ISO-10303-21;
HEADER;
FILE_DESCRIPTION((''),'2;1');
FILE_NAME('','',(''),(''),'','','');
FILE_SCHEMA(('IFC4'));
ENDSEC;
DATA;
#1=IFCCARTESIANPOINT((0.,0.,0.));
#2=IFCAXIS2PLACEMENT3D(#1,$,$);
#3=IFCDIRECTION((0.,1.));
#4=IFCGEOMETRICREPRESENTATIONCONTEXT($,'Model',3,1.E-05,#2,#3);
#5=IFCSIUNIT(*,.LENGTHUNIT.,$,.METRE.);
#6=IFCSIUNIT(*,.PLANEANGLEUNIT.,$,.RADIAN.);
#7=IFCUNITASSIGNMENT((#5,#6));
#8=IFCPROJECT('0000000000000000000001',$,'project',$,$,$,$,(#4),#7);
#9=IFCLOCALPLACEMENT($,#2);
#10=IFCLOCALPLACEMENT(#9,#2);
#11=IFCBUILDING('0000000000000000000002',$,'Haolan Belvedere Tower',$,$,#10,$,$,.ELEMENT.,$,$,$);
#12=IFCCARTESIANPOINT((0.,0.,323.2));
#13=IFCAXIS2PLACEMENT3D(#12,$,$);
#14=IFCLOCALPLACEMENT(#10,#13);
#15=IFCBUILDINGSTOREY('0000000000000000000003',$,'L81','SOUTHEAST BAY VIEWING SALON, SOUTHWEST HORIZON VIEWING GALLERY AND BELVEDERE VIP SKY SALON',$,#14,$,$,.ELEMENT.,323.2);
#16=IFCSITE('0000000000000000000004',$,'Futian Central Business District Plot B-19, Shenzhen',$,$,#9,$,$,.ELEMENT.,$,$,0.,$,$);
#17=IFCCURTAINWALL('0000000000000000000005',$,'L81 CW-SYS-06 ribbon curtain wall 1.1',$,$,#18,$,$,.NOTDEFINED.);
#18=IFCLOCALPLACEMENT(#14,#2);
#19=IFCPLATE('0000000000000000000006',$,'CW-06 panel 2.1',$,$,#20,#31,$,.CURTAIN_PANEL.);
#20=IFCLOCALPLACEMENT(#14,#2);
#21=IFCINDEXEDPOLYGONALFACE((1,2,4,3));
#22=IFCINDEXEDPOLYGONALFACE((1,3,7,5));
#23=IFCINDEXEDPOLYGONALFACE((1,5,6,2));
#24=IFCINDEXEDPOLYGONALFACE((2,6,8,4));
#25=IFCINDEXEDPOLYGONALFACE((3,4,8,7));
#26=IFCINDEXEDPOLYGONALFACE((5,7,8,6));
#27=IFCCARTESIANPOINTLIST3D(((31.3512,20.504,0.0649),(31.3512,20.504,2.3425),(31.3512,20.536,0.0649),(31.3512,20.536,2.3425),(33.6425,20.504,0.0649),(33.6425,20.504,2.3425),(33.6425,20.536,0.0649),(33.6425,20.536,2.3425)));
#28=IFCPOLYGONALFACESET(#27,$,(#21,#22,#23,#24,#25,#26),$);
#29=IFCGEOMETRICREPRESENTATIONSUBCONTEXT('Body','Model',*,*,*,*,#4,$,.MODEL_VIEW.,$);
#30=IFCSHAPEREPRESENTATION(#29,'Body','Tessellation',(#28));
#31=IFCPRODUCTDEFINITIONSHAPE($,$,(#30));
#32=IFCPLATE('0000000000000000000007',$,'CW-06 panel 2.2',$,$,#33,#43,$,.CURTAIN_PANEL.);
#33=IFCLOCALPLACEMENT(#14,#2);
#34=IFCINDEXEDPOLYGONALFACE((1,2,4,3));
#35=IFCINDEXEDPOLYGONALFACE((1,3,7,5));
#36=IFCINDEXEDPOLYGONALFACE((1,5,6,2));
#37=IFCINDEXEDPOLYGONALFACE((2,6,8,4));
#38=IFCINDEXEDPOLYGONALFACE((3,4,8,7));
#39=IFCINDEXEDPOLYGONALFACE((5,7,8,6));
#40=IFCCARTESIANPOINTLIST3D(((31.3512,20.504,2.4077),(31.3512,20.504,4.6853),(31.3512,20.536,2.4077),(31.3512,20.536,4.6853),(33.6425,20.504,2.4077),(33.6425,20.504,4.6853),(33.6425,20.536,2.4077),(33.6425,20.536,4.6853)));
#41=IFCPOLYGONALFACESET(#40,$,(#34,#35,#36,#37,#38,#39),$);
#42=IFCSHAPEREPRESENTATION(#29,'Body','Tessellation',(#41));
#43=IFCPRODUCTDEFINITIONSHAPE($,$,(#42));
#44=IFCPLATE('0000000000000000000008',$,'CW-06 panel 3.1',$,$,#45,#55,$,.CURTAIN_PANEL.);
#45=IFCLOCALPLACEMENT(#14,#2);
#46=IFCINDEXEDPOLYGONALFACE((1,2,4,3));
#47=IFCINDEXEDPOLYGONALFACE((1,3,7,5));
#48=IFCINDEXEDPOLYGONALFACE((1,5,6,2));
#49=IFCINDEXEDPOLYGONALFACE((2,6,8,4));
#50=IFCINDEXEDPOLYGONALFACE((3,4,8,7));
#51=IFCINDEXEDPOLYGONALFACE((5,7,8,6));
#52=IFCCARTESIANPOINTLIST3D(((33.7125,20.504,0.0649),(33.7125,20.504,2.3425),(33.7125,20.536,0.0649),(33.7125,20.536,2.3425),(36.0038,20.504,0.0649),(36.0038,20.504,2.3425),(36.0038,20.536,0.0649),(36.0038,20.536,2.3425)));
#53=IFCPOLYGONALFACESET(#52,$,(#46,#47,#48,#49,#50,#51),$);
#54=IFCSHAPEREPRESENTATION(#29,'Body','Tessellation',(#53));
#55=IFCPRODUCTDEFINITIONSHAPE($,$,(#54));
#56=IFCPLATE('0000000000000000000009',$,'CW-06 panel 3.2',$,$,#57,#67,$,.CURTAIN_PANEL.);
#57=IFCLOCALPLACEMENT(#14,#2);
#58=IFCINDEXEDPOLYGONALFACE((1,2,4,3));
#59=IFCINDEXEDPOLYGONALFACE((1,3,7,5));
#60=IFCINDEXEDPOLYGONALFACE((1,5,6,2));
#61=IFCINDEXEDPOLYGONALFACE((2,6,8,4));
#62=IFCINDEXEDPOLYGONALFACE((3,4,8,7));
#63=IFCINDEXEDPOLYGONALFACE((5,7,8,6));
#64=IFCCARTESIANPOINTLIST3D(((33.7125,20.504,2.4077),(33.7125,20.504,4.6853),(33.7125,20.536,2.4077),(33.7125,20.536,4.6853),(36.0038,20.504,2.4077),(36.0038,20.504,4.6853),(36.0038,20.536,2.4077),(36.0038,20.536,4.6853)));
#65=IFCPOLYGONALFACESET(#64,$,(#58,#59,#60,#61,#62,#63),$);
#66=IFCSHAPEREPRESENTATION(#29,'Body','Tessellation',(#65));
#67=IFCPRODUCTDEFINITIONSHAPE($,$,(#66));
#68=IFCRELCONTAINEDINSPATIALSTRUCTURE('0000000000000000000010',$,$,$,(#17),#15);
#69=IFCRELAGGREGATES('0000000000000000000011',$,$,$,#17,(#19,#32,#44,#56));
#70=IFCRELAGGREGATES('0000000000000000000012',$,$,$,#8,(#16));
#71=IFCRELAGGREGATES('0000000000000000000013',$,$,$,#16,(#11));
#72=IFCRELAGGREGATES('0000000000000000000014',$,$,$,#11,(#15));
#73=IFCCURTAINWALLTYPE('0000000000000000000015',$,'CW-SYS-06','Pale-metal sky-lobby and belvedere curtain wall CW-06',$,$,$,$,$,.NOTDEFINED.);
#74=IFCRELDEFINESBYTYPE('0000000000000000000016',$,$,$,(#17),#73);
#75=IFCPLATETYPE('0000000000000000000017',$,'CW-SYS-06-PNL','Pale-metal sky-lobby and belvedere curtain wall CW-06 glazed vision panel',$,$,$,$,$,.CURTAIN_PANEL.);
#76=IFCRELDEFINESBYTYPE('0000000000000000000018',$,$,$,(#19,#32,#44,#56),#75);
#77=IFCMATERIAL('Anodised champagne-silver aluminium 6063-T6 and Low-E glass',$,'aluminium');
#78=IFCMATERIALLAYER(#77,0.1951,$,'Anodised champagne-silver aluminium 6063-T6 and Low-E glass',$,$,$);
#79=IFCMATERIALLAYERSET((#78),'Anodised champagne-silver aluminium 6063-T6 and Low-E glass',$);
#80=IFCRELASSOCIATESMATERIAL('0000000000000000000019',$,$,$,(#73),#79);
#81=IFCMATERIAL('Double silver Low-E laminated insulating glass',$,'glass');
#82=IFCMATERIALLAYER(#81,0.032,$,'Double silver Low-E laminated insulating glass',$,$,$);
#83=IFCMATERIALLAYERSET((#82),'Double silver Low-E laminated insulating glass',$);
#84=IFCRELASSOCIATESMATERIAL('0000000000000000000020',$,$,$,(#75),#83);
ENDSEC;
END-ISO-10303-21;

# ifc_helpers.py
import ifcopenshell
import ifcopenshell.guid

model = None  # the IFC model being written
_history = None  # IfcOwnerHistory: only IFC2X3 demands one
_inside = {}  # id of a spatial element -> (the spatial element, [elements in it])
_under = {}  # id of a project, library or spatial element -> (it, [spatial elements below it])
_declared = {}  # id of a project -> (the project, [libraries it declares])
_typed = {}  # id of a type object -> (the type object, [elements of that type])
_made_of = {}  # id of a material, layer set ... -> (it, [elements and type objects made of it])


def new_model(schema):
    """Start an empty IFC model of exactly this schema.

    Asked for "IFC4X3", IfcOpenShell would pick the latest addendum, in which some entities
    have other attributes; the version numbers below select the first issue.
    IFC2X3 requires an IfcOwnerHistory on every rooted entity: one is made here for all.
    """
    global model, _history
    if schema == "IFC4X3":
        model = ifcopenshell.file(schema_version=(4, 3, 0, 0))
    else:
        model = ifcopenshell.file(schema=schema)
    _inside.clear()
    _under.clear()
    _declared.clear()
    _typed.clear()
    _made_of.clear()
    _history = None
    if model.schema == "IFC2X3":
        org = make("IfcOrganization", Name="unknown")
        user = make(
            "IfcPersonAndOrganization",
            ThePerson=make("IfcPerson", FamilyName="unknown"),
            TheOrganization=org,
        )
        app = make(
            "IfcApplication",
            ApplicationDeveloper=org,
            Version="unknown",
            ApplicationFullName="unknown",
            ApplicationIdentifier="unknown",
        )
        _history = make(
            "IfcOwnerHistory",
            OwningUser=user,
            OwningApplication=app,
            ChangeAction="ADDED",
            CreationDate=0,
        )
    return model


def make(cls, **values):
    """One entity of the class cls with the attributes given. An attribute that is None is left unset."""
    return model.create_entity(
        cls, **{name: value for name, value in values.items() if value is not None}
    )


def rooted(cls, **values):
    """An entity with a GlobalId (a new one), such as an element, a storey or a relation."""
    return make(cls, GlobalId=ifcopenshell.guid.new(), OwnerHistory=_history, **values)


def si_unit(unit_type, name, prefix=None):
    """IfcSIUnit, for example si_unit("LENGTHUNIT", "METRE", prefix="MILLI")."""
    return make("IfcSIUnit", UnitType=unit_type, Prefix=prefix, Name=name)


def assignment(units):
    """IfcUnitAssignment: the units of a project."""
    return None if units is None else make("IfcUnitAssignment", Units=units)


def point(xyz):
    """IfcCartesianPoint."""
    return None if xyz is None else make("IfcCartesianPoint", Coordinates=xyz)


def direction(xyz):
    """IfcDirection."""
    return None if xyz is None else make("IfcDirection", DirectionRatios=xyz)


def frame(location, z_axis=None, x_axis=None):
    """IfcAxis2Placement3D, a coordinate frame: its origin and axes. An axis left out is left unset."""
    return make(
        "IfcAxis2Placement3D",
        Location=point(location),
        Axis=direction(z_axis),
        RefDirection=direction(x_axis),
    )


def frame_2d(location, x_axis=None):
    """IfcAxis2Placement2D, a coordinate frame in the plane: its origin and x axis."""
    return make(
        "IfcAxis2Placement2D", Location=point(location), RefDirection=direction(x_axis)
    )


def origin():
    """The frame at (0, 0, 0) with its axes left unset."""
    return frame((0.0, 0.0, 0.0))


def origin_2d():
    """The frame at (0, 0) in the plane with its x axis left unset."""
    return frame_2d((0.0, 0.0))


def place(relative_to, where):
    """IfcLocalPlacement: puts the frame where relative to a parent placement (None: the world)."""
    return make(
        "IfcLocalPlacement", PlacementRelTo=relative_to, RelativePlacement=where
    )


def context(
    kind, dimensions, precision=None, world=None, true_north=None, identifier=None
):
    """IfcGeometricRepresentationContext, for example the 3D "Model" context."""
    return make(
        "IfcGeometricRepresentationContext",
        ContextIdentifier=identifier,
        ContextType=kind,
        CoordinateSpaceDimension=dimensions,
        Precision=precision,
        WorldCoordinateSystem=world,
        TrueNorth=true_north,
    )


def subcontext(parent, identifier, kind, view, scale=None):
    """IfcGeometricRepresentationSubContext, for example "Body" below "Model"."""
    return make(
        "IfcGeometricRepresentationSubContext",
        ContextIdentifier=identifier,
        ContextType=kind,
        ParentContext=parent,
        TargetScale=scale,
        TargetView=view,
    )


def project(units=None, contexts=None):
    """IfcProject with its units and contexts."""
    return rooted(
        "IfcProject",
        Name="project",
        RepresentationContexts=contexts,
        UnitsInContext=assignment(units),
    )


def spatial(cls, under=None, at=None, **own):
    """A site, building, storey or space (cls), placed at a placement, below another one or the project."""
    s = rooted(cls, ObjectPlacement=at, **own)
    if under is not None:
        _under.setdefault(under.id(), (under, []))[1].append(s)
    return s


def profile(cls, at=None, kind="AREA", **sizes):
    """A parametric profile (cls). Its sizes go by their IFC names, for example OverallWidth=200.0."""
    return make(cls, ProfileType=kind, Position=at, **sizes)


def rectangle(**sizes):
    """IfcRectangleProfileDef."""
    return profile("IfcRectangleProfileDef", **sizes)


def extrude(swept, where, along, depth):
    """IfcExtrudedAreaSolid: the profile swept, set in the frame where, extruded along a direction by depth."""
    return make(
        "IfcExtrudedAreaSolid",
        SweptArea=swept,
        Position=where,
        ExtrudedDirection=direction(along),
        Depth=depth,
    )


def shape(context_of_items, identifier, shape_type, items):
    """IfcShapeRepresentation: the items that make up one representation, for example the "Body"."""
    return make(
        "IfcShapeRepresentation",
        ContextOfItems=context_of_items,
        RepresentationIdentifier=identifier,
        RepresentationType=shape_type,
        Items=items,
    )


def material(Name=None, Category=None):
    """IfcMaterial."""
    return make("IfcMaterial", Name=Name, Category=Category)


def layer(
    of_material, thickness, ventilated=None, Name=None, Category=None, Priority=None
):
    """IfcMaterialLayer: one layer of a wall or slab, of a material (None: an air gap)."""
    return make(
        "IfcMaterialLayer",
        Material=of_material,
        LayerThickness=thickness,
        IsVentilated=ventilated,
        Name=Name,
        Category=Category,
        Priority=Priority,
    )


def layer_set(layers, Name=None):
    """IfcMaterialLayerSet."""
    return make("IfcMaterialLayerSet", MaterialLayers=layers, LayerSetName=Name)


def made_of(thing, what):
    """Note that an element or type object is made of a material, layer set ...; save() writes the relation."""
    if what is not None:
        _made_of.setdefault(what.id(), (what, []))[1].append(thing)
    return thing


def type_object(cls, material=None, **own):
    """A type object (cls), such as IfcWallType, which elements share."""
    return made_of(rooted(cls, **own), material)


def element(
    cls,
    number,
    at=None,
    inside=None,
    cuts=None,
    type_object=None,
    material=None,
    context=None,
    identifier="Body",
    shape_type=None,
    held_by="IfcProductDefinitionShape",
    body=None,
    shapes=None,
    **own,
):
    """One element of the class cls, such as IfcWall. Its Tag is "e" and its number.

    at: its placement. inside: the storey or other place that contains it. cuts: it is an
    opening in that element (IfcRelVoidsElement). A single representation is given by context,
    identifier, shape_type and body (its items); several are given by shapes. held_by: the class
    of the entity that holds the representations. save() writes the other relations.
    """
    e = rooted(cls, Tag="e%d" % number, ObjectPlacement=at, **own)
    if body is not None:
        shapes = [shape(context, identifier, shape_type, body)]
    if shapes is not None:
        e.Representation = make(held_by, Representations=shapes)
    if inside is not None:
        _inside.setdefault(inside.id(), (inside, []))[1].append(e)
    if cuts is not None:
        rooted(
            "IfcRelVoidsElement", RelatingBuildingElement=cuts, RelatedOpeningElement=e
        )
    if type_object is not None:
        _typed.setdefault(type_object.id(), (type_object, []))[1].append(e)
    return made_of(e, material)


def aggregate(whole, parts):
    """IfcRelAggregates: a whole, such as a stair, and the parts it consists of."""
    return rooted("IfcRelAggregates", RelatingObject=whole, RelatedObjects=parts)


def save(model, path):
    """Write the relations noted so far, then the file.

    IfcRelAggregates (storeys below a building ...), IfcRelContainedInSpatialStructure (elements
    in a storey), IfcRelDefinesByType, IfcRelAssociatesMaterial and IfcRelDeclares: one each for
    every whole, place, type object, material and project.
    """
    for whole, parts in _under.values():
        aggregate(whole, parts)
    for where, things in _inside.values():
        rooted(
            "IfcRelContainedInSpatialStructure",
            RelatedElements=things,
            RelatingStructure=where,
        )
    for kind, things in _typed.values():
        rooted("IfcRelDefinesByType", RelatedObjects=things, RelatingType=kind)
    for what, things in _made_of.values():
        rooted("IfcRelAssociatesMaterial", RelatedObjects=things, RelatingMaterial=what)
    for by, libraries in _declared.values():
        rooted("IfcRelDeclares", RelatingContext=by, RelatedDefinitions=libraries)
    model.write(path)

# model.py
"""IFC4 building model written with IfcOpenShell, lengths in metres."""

from ifc_helpers import new_model, si_unit, direction, frame, origin, origin_2d, place, context, subcontext, project, spatial, rectangle, extrude, material, layer, layer_set, type_object, element, aggregate, save


model = new_model("IFC4")

# Units and contexts
model_context = context("Model", 3, precision=1e-05, world=origin(), true_north=direction((0.0, 1.0)))
body_context = subcontext(model_context, "Body", "Model", "MODEL_VIEW")
ifc_project = project(units=[si_unit("LENGTHUNIT", "METRE"), si_unit("PLANEANGLEUNIT", "RADIAN")], contexts=[model_context])

# Site, building, storey
site_placement = place(None, origin())
site = spatial("IfcSite", under=ifc_project, at=site_placement, Name="Futian Central Business District Plot B-19, Shenzhen", CompositionType="ELEMENT", RefElevation=0.0)
building_placement = place(site_placement, origin())
building = spatial("IfcBuilding", under=site, at=building_placement, Name="Haolan Belvedere Tower", CompositionType="ELEMENT")
storey_placement = place(building_placement, frame((0.0, 0.0, 323.2)))
storey = spatial("IfcBuildingStorey", under=building, at=storey_placement, Name="L81", Description="SOUTHEAST BAY VIEWING SALON, SOUTHWEST HORIZON VIEWING GALLERY AND BELVEDERE VIP SKY SALON", CompositionType="ELEMENT", Elevation=323.2)

# Curtain wall, plates
ifc_material_1 = material(Name="Anodised champagne-silver aluminium 6063-T6 and Low-E glass", Category="aluminium")
ifc_layer_1 = layer(ifc_material_1, 0.1951, Name="Anodised champagne-silver aluminium 6063-T6 and Low-E glass")
ifc_layer_set_1 = layer_set([ifc_layer_1], Name="Anodised champagne-silver aluminium 6063-T6 and Low-E glass")
curtain_wall_type = type_object("IfcCurtainWallType", Name="CW-SYS-06", Description="Pale-metal sky-lobby and belvedere curtain wall CW-06", PredefinedType="NOTDEFINED", material=ifc_layer_set_1)
curtain_wall_placement = place(storey_placement, origin())
curtain_wall = element("IfcCurtainWall", 1, at=curtain_wall_placement, inside=storey, type_object=curtain_wall_type, Name="L81 CW-SYS-06 ribbon curtain wall 1.1", PredefinedType="NOTDEFINED")
ifc_material_2 = material(Name="Double silver Low-E laminated insulating glass", Category="glass")
ifc_layer_2 = layer(ifc_material_2, 0.032, Name="Double silver Low-E laminated insulating glass")
ifc_layer_set_2 = layer_set([ifc_layer_2], Name="Double silver Low-E laminated insulating glass")
plate_type = type_object("IfcPlateType", Name="CW-SYS-06-PNL", Description="Pale-metal sky-lobby and belvedere curtain wall CW-06 glazed vision panel", PredefinedType="CURTAIN_PANEL", material=ifc_layer_set_2)
plate_1_placement = place(storey_placement, frame((32.4968, 20.52, 0.0649), z_axis=(0.0, 0.0, 1.0), x_axis=(1.0, 0.0, 0.0)))
plate_1 = element("IfcPlate", 2, at=plate_1_placement, type_object=plate_type, Name="CW-06 panel 2.1", PredefinedType="CURTAIN_PANEL", context=body_context, shape_type="SweptSolid", body=[
    extrude(rectangle(XDim=2.2913, YDim=0.032, at=origin_2d()), origin(), (0.0, 0.0, 1.0), 2.2776),
])
plate_2_placement = place(storey_placement, frame((32.4968, 20.52, 2.4077), z_axis=(0.0, 0.0, 1.0), x_axis=(1.0, 0.0, 0.0)))
plate_2 = element("IfcPlate", 3, at=plate_2_placement, type_object=plate_type, Name="CW-06 panel 2.2", PredefinedType="CURTAIN_PANEL", context=body_context, shape_type="SweptSolid", body=[
    extrude(rectangle(XDim=2.2913, YDim=0.032, at=origin_2d()), origin(), (0.0, 0.0, 1.0), 2.2776),
])
plate_3_placement = place(storey_placement, frame((34.8582, 20.52, 0.0649), z_axis=(0.0, 0.0, 1.0), x_axis=(1.0, 0.0, 0.0)))
plate_3 = element("IfcPlate", 4, at=plate_3_placement, type_object=plate_type, Name="CW-06 panel 3.1", PredefinedType="CURTAIN_PANEL", context=body_context, shape_type="SweptSolid", body=[
    extrude(rectangle(XDim=2.2913, YDim=0.032, at=origin_2d()), origin(), (0.0, 0.0, 1.0), 2.2776),
])
plate_4_placement = place(storey_placement, frame((34.8582, 20.52, 2.4077), z_axis=(0.0, 0.0, 1.0), x_axis=(1.0, 0.0, 0.0)))
plate_4 = element("IfcPlate", 5, at=plate_4_placement, type_object=plate_type, Name="CW-06 panel 3.2", PredefinedType="CURTAIN_PANEL", context=body_context, shape_type="SweptSolid", body=[
    extrude(rectangle(XDim=2.2913, YDim=0.032, at=origin_2d()), origin(), (0.0, 0.0, 1.0), 2.2776),
])
aggregate(curtain_wall, [plate_1, plate_2, plate_3, plate_4])

save(model, "model.ifc")
